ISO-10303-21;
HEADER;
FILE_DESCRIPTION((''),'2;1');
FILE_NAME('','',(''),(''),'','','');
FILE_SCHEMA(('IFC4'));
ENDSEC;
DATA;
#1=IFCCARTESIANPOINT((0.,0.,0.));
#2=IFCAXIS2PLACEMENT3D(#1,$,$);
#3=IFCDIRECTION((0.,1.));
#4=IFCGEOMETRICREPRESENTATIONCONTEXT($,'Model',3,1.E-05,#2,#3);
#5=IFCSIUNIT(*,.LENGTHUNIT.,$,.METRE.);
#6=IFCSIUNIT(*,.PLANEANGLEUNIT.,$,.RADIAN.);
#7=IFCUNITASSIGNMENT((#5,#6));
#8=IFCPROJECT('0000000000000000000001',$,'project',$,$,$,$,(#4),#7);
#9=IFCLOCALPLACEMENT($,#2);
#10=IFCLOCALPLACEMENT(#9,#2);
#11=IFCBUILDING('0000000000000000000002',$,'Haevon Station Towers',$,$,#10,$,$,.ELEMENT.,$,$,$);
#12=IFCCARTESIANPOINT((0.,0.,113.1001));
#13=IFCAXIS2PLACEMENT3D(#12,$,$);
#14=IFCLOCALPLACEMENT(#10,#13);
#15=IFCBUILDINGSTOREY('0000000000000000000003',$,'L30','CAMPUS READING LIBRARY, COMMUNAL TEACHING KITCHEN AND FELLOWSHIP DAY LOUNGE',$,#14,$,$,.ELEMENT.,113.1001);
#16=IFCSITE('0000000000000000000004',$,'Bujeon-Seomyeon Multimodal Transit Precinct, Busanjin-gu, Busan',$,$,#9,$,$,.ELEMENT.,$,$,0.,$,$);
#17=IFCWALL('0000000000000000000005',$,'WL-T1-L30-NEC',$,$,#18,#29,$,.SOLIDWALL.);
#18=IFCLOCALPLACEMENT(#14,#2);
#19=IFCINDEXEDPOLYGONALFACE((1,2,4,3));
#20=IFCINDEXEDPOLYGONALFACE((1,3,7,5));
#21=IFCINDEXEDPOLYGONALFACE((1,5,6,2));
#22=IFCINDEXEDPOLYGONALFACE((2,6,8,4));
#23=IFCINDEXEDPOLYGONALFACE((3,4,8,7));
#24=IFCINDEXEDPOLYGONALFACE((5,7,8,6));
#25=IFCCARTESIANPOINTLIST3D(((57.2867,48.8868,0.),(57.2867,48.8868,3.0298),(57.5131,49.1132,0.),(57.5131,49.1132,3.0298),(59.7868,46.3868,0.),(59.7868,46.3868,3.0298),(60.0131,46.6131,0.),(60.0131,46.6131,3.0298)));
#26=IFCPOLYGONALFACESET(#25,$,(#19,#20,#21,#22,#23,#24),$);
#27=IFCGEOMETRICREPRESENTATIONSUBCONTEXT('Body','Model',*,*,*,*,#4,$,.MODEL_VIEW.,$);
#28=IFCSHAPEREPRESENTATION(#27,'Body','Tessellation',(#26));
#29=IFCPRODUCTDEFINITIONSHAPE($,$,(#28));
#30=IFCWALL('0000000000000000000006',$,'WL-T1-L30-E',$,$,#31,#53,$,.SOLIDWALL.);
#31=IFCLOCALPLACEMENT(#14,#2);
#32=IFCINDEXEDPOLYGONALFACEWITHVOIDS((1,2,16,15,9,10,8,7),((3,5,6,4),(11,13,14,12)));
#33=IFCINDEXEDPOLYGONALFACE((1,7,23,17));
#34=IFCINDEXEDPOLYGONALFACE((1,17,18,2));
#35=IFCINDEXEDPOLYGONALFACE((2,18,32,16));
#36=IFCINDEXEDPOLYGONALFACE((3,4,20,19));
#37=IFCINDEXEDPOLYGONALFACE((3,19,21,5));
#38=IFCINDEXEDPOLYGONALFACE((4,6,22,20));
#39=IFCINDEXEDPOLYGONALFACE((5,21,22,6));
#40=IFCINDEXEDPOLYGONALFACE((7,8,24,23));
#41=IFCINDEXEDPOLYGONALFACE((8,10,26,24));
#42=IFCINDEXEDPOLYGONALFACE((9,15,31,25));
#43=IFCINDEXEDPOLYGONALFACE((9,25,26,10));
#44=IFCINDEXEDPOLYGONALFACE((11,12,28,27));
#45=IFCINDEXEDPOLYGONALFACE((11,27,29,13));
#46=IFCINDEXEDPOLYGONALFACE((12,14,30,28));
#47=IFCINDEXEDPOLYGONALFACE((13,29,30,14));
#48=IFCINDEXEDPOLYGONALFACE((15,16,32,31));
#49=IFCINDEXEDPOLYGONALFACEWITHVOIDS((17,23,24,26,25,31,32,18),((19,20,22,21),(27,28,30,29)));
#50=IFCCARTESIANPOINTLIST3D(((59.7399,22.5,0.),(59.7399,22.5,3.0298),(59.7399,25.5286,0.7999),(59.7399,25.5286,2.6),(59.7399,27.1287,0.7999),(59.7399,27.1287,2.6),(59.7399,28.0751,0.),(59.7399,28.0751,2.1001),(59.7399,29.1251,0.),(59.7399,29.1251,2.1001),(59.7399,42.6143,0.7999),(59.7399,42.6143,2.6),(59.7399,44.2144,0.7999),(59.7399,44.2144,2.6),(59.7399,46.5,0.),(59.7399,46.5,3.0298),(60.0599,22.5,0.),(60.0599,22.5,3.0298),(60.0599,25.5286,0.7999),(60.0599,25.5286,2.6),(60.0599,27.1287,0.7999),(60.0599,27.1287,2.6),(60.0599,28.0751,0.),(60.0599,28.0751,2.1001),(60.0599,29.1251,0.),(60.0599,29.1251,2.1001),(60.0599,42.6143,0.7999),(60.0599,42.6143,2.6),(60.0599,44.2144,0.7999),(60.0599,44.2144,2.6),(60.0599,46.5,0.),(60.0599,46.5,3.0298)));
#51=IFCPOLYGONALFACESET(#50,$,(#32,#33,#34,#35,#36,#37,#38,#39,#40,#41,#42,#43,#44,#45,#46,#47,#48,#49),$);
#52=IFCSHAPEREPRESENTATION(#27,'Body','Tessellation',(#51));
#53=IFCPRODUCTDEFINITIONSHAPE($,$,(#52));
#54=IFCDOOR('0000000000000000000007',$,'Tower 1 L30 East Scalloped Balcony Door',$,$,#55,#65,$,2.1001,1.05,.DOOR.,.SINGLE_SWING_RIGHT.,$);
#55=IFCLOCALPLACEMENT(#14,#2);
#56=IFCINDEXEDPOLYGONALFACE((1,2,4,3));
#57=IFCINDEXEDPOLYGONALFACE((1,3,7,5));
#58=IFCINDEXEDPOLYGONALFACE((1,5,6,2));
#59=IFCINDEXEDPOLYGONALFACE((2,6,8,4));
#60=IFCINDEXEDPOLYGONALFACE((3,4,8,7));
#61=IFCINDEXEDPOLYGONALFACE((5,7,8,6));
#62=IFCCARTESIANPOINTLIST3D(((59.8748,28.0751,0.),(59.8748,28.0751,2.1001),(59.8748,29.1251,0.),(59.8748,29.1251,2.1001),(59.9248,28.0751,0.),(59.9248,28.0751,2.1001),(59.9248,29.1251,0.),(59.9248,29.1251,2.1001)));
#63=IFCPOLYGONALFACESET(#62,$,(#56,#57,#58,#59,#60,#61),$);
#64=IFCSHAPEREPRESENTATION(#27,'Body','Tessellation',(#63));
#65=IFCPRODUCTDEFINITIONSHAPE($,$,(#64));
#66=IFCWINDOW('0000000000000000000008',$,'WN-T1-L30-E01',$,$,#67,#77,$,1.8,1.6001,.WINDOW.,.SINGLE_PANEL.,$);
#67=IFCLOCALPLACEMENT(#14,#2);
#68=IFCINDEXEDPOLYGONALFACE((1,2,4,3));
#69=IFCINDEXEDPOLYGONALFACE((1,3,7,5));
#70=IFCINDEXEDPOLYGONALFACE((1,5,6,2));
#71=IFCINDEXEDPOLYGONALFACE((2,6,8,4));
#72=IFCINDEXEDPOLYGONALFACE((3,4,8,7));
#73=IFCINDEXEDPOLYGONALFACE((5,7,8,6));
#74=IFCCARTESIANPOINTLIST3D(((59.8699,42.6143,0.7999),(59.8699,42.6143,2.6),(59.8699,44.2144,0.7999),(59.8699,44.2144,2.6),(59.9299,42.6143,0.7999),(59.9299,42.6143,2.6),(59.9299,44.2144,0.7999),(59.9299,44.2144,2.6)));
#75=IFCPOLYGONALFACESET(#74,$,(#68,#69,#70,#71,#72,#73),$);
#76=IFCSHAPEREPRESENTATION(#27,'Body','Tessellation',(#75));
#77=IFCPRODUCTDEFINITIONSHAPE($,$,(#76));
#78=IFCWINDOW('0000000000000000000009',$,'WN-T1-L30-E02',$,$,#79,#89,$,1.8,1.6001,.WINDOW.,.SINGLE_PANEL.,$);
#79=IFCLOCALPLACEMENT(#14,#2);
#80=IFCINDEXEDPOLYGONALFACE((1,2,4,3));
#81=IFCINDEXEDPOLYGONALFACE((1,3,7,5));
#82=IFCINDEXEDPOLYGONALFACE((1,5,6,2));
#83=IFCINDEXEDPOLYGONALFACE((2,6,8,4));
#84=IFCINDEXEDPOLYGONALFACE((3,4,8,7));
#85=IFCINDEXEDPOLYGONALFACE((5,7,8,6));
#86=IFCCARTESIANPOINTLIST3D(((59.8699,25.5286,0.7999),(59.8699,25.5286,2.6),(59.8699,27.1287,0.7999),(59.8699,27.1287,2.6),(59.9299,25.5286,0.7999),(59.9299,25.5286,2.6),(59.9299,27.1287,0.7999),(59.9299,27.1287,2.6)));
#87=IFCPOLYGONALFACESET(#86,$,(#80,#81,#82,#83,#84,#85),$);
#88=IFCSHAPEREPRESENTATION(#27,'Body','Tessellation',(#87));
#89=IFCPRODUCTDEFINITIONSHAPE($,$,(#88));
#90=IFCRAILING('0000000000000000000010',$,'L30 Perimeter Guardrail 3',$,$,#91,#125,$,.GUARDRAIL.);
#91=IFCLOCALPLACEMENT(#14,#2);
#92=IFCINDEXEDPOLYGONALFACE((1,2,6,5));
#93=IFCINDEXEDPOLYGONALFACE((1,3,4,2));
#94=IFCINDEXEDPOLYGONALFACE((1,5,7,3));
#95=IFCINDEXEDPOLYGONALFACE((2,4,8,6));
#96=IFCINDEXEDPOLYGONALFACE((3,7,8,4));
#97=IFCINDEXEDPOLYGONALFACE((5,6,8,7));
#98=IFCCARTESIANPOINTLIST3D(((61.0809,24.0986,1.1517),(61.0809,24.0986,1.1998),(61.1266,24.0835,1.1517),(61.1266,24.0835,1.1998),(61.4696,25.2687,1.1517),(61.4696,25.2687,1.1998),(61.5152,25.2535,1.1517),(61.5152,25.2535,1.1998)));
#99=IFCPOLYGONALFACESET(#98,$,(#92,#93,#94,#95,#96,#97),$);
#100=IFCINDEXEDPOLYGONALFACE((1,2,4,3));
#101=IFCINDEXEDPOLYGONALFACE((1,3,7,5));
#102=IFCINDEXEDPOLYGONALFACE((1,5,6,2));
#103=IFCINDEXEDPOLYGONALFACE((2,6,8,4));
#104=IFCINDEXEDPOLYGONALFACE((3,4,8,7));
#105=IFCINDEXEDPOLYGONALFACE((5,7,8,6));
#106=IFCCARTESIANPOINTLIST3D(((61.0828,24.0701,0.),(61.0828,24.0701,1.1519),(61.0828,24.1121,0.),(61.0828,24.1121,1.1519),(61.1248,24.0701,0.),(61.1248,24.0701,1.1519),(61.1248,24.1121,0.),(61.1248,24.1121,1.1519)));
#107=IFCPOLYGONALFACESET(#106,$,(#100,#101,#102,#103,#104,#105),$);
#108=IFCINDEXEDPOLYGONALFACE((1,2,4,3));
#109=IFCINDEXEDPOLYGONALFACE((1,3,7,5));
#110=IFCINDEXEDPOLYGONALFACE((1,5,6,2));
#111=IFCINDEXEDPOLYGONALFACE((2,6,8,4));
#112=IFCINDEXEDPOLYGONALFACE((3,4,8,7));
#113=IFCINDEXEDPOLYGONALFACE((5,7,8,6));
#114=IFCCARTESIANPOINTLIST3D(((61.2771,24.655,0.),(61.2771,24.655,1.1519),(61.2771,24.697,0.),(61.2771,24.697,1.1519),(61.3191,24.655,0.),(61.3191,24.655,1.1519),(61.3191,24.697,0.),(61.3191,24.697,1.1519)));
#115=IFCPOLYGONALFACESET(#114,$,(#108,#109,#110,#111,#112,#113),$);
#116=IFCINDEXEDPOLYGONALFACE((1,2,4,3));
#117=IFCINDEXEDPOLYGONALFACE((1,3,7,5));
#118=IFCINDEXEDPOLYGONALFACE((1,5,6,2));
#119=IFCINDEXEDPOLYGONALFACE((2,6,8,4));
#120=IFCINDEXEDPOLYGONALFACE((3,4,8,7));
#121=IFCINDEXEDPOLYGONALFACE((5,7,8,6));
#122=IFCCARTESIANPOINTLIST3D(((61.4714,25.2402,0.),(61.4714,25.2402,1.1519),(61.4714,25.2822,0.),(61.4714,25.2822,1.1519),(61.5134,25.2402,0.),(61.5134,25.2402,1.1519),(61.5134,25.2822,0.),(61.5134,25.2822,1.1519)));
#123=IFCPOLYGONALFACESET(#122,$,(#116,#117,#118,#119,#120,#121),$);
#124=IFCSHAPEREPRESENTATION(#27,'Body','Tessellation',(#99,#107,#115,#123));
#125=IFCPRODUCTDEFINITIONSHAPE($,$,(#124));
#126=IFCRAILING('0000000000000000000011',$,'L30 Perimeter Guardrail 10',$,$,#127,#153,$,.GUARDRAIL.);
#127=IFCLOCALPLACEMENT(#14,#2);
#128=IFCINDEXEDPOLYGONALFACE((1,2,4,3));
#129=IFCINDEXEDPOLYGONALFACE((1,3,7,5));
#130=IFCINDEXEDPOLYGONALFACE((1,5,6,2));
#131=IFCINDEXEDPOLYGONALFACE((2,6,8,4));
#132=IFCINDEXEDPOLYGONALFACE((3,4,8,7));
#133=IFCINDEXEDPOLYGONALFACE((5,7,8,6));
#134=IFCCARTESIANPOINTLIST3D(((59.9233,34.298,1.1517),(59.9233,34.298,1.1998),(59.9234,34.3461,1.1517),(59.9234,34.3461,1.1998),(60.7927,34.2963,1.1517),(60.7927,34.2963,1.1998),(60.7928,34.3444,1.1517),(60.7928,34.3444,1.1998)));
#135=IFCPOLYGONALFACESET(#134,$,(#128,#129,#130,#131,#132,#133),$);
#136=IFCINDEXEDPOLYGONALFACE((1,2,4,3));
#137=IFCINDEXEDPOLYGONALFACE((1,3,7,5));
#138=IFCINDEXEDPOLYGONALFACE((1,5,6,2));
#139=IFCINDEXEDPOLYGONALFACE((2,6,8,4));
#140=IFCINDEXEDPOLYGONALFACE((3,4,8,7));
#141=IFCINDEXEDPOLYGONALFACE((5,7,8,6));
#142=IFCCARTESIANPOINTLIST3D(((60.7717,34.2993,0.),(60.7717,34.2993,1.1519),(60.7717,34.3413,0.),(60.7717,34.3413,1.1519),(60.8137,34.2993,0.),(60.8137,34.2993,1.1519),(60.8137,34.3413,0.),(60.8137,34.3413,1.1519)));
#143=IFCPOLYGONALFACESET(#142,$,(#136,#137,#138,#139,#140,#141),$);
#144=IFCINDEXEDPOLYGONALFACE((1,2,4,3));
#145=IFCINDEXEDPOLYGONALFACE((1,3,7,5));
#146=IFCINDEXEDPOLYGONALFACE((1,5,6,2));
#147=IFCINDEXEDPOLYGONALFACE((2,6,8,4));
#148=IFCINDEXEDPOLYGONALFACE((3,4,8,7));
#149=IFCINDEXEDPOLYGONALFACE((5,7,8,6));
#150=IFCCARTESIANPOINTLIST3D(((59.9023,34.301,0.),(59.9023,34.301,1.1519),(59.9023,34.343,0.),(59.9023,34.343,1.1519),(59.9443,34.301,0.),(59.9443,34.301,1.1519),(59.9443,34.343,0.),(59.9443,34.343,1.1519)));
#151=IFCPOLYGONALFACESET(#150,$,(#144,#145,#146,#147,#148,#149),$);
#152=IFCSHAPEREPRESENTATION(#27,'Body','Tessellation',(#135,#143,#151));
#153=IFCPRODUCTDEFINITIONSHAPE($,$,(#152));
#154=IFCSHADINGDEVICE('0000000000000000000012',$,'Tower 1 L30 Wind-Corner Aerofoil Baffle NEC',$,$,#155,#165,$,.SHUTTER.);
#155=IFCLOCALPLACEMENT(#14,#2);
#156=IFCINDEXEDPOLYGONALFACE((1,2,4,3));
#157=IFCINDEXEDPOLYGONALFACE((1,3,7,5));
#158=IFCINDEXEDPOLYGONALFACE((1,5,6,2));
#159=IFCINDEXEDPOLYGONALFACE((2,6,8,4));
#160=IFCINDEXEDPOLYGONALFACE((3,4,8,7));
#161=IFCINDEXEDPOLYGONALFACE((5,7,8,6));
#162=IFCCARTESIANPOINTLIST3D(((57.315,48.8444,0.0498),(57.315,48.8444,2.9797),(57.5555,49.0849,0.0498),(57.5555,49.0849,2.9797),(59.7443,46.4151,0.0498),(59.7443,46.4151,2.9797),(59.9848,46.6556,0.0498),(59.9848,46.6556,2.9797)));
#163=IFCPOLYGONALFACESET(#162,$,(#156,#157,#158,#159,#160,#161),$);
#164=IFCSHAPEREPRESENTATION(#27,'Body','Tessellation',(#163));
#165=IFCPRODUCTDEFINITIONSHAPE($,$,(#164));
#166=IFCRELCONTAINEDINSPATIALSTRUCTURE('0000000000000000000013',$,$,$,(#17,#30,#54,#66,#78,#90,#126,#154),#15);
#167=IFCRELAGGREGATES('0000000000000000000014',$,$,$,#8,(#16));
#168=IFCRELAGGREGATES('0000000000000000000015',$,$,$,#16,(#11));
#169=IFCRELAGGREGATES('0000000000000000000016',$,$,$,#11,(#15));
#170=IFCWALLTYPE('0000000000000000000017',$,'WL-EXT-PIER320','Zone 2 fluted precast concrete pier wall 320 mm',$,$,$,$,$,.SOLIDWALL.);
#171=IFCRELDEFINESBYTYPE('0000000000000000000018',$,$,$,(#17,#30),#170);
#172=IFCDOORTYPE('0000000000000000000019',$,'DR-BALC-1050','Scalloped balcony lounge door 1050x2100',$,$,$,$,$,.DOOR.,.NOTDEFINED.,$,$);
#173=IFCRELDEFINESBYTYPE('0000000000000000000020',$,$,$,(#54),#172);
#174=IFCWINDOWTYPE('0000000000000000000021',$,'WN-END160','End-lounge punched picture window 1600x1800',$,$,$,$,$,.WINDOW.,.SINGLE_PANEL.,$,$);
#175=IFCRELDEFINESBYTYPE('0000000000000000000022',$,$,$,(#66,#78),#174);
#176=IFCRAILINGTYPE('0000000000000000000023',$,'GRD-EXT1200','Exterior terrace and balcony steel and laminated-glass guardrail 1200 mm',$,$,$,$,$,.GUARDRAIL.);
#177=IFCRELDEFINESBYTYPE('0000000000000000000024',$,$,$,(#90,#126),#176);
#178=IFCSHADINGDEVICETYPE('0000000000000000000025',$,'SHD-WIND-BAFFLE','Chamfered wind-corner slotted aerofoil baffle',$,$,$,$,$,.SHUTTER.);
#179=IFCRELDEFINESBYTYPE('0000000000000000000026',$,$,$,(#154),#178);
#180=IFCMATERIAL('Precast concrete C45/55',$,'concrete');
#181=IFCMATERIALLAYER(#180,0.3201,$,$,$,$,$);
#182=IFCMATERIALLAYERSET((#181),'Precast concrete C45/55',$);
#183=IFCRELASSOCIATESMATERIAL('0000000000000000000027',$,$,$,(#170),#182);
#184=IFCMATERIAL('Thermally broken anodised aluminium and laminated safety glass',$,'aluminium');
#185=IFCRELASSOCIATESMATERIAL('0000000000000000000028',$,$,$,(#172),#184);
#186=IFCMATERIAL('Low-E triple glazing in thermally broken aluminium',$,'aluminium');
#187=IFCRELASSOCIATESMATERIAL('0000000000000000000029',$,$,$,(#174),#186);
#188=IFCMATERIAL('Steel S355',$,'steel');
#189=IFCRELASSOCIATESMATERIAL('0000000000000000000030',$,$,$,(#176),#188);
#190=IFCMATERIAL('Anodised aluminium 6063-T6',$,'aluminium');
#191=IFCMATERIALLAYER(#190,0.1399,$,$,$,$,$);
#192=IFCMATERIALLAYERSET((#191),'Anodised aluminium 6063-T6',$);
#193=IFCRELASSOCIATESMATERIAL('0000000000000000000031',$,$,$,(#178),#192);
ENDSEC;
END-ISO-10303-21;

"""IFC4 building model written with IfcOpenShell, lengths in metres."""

from ifc_helpers import new_model, si_unit, direction, frame, frame_2d, origin, origin_2d, place, context, subcontext, project, spatial, rectangle, extrude, material, layer, layer_set, type_object, element, fill, save


model = new_model("IFC4")

# Units and contexts
model_context = context("Model", 3, precision=1e-05, world=origin(), true_north=direction((0.0, 1.0)))
body_context = subcontext(model_context, "Body", "Model", "MODEL_VIEW")
ifc_project = project(units=[si_unit("LENGTHUNIT", "METRE"), si_unit("PLANEANGLEUNIT", "RADIAN")], contexts=[model_context])

# Site, building, storey
site_placement = place(None, origin())
site = spatial("IfcSite", under=ifc_project, at=site_placement, Name="Bujeon-Seomyeon Multimodal Transit Precinct, Busanjin-gu, Busan", CompositionType="ELEMENT", RefElevation=0.0)
building_placement = place(site_placement, origin())
building = spatial("IfcBuilding", under=site, at=building_placement, Name="Haevon Station Towers", CompositionType="ELEMENT")
storey_placement = place(building_placement, frame((0.0, 0.0, 113.1001)))
storey = spatial("IfcBuildingStorey", under=building, at=storey_placement, Name="L30", Description="CAMPUS READING LIBRARY, COMMUNAL TEACHING KITCHEN AND FELLOWSHIP DAY LOUNGE", CompositionType="ELEMENT", Elevation=113.1001)

# Shared definitions
ifc_material_1 = material(Name="Steel S355", Category="steel")

# Wall
ifc_material_2 = material(Name="Precast concrete C45/55", Category="concrete")
ifc_layer_1 = layer(ifc_material_2, 0.3201)
ifc_layer_set_1 = layer_set([ifc_layer_1], Name="Precast concrete C45/55")
wall_type = type_object("IfcWallType", Name="WL-EXT-PIER320", Description="Zone 2 fluted precast concrete pier wall 320 mm", PredefinedType="SOLIDWALL", material=ifc_layer_set_1)
wall_1_placement = place(storey_placement, frame((57.3999, 49.0, 0.0), z_axis=(0.0, 0.0, 1.0), x_axis=(0.707107, -0.707107, 0.0)))
element("IfcWall", 1, at=wall_1_placement, inside=storey, type_object=wall_type, Name="WL-T1-L30-NEC", PredefinedType="SOLIDWALL", context=body_context, shape_type="SweptSolid", body=[
    extrude(rectangle(XDim=3.5356, YDim=0.3201, at=frame_2d((1.7678, 0.0))), origin(), (0.0, 0.0, 1.0), 3.0298),
])

# Wall, openings, door, windows
wall_2_placement = place(storey_placement, frame((59.8999, 46.5, 0.0), z_axis=(0.0, 0.0, 1.0), x_axis=(0.0, -1.0, 0.0)))
wall_2 = element("IfcWall", 2, at=wall_2_placement, inside=storey, type_object=wall_type, Name="WL-T1-L30-E", PredefinedType="SOLIDWALL", context=body_context, shape_type="SweptSolid", body=[
    extrude(rectangle(XDim=24.0, YDim=0.3201, at=frame_2d((12.0, 0.0))), origin(), (0.0, 0.0, 1.0), 3.0298),
])
opening_1_placement = place(wall_2_placement, frame((17.375, 0.0, 0.0)))
opening_1 = element("IfcOpeningElement", 3, at=opening_1_placement, cuts=wall_2, PredefinedType="OPENING", context=body_context, shape_type="SweptSolid", body=[
    extrude(rectangle(XDim=1.05, YDim=2.1001, at=frame_2d((0.5249, 1.05))), frame((0.0, 0.1699, 0.0), z_axis=(0.0, -1.0, 0.0), x_axis=(1.0, 0.0, 0.0)), (0.0, 0.0, 1.0), 0.3401),
])
opening_2_placement = place(wall_2_placement, frame((2.2856, 0.0, 0.8)))
opening_2 = element("IfcOpeningElement", 4, at=opening_2_placement, cuts=wall_2, PredefinedType="OPENING", context=body_context, shape_type="SweptSolid", body=[
    extrude(rectangle(XDim=1.6001, YDim=1.8, at=frame_2d((0.8, 0.8999))), frame((0.0, 0.1699, 0.0), z_axis=(0.0, -1.0, 0.0), x_axis=(1.0, 0.0, 0.0)), (0.0, 0.0, 1.0), 0.3401),
])
opening_3_placement = place(wall_2_placement, frame((19.3713, 0.0, 0.8)))
opening_3 = element("IfcOpeningElement", 5, at=opening_3_placement, cuts=wall_2, PredefinedType="OPENING", context=body_context, shape_type="SweptSolid", body=[
    extrude(rectangle(XDim=1.6001, YDim=1.8, at=frame_2d((0.8, 0.8999))), frame((0.0, 0.1699, 0.0), z_axis=(0.0, -1.0, 0.0), x_axis=(1.0, 0.0, 0.0)), (0.0, 0.0, 1.0), 0.3401),
])
ifc_material_3 = material(Name="Thermally broken anodised aluminium and laminated safety glass", Category="aluminium")
door_type = type_object("IfcDoorType", Name="DR-BALC-1050", Description="Scalloped balcony lounge door 1050x2100", OperationType="NOTDEFINED", PredefinedType="DOOR", material=ifc_material_3)
door_placement = place(opening_1_placement, origin())
door = element("IfcDoor", 6, at=door_placement, inside=storey, type_object=door_type, Name="Tower 1 L30 East Scalloped Balcony Door", OperationType="SINGLE_SWING_RIGHT", OverallHeight=2.1001, OverallWidth=1.05, PredefinedType="DOOR", context=body_context, shape_type="SweptSolid", body=[
    extrude(rectangle(XDim=1.05, YDim=2.1001, at=frame_2d((0.5249, 1.05))), frame((0.0, 0.0249, 0.0), z_axis=(0.0, -1.0, 0.0), x_axis=(1.0, 0.0, 0.0)), (0.0, 0.0, 1.0), 0.05),
])
fill(opening_1, door)
ifc_material_4 = material(Name="Low-E triple glazing in thermally broken aluminium", Category="aluminium")
window_type = type_object("IfcWindowType", Name="WN-END160", Description="End-lounge punched picture window 1600x1800", PartitioningType="SINGLE_PANEL", PredefinedType="WINDOW", material=ifc_material_4)
window_1_placement = place(opening_2_placement, origin())
window_1 = element("IfcWindow", 7, at=window_1_placement, inside=storey, type_object=window_type, Name="WN-T1-L30-E01", OverallHeight=1.8, OverallWidth=1.6001, PartitioningType="SINGLE_PANEL", PredefinedType="WINDOW", context=body_context, shape_type="SweptSolid", body=[
    extrude(rectangle(XDim=1.6001, YDim=1.8, at=frame_2d((0.8, 0.8999))), frame((0.0, 0.03, 0.0), z_axis=(0.0, -1.0, 0.0), x_axis=(1.0, 0.0, 0.0)), (0.0, 0.0, 1.0), 0.0601),
])
fill(opening_2, window_1)
window_2_placement = place(opening_3_placement, origin())
window_2 = element("IfcWindow", 8, at=window_2_placement, inside=storey, type_object=window_type, Name="WN-T1-L30-E02", OverallHeight=1.8, OverallWidth=1.6001, PartitioningType="SINGLE_PANEL", PredefinedType="WINDOW", context=body_context, shape_type="SweptSolid", body=[
    extrude(rectangle(XDim=1.6001, YDim=1.8, at=frame_2d((0.8, 0.8999))), frame((0.0, 0.03, 0.0), z_axis=(0.0, -1.0, 0.0), x_axis=(1.0, 0.0, 0.0)), (0.0, 0.0, 1.0), 0.0601),
])
fill(opening_3, window_2)

# Railings
railing_type = type_object("IfcRailingType", Name="GRD-EXT1200", Description="Exterior terrace and balcony steel and laminated-glass guardrail 1200 mm", PredefinedType="GUARDRAIL", material=ifc_material_1)
railing_1_placement = place(storey_placement, frame((61.1038, 24.0911, 0.0)))
element("IfcRailing", 9, at=railing_1_placement, inside=storey, type_object=railing_type, Name="L30 Perimeter Guardrail 3", PredefinedType="GUARDRAIL", context=body_context, shape_type="SweptSolid", body=[
    extrude(rectangle(XDim=0.0481, YDim=0.0481, at=origin_2d()), frame((0.0, 0.0, 1.1758), z_axis=(0.315218, 0.949019, 0.0), x_axis=(-0.949019, 0.315218, 0.0)), (0.0, 0.0, 1.0), 1.2329),
    extrude(rectangle(XDim=0.042, YDim=0.042, at=origin_2d()), origin(), (0.0, 0.0, 1.0), 1.1519),
    extrude(rectangle(XDim=0.042, YDim=0.042, at=origin_2d()), frame((0.1943, 0.585, 0.0)), (0.0, 0.0, 1.0), 1.1519),
    extrude(rectangle(XDim=0.042, YDim=0.042, at=origin_2d()), frame((0.3887, 1.1702, 0.0)), (0.0, 0.0, 1.0), 1.1519),
])
railing_2_placement = place(storey_placement, frame((60.7927, 34.3203, 0.0)))
element("IfcRailing", 10, at=railing_2_placement, inside=storey, type_object=railing_type, Name="L30 Perimeter Guardrail 10", PredefinedType="GUARDRAIL", context=body_context, shape_type="SweptSolid", body=[
    extrude(rectangle(XDim=0.0481, YDim=0.0481, at=origin_2d()), frame((0.0, 0.0, 1.1758), z_axis=(-0.999998, 0.001966, 0.0), x_axis=(-0.001966, -0.999998, 0.0)), (0.0, 0.0, 1.0), 0.8694),
    extrude(rectangle(XDim=0.042, YDim=0.042, at=origin_2d()), origin(), (0.0, 0.0, 1.0), 1.1519),
    extrude(rectangle(XDim=0.042, YDim=0.042, at=origin_2d()), frame((-0.8694, 0.0017, 0.0)), (0.0, 0.0, 1.0), 1.1519),
])

# Shading device
ifc_material_5 = material(Name="Anodised aluminium 6063-T6", Category="aluminium")
ifc_layer_2 = layer(ifc_material_5, 0.1399)
ifc_layer_set_2 = layer_set([ifc_layer_2], Name="Anodised aluminium 6063-T6")
shading_device_type = type_object("IfcShadingDeviceType", Name="SHD-WIND-BAFFLE", Description="Chamfered wind-corner slotted aerofoil baffle", PredefinedType="SHUTTER", material=ifc_layer_set_2)
shading_device_placement = place(storey_placement, frame((58.6499, 47.75, 0.0498), z_axis=(0.0, 0.0, 1.0), x_axis=(0.707107, -0.707107, 0.0)))
element("IfcShadingDevice", 11, at=shading_device_placement, inside=storey, type_object=shading_device_type, Name="Tower 1 L30 Wind-Corner Aerofoil Baffle NEC", PredefinedType="SHUTTER", context=body_context, shape_type="SweptSolid", body=[
    extrude(rectangle(XDim=3.4355, YDim=0.3401, at=origin_2d()), origin(), (0.0, 0.0, 1.0), 2.9299),
])

save(model, "model.ifc")
